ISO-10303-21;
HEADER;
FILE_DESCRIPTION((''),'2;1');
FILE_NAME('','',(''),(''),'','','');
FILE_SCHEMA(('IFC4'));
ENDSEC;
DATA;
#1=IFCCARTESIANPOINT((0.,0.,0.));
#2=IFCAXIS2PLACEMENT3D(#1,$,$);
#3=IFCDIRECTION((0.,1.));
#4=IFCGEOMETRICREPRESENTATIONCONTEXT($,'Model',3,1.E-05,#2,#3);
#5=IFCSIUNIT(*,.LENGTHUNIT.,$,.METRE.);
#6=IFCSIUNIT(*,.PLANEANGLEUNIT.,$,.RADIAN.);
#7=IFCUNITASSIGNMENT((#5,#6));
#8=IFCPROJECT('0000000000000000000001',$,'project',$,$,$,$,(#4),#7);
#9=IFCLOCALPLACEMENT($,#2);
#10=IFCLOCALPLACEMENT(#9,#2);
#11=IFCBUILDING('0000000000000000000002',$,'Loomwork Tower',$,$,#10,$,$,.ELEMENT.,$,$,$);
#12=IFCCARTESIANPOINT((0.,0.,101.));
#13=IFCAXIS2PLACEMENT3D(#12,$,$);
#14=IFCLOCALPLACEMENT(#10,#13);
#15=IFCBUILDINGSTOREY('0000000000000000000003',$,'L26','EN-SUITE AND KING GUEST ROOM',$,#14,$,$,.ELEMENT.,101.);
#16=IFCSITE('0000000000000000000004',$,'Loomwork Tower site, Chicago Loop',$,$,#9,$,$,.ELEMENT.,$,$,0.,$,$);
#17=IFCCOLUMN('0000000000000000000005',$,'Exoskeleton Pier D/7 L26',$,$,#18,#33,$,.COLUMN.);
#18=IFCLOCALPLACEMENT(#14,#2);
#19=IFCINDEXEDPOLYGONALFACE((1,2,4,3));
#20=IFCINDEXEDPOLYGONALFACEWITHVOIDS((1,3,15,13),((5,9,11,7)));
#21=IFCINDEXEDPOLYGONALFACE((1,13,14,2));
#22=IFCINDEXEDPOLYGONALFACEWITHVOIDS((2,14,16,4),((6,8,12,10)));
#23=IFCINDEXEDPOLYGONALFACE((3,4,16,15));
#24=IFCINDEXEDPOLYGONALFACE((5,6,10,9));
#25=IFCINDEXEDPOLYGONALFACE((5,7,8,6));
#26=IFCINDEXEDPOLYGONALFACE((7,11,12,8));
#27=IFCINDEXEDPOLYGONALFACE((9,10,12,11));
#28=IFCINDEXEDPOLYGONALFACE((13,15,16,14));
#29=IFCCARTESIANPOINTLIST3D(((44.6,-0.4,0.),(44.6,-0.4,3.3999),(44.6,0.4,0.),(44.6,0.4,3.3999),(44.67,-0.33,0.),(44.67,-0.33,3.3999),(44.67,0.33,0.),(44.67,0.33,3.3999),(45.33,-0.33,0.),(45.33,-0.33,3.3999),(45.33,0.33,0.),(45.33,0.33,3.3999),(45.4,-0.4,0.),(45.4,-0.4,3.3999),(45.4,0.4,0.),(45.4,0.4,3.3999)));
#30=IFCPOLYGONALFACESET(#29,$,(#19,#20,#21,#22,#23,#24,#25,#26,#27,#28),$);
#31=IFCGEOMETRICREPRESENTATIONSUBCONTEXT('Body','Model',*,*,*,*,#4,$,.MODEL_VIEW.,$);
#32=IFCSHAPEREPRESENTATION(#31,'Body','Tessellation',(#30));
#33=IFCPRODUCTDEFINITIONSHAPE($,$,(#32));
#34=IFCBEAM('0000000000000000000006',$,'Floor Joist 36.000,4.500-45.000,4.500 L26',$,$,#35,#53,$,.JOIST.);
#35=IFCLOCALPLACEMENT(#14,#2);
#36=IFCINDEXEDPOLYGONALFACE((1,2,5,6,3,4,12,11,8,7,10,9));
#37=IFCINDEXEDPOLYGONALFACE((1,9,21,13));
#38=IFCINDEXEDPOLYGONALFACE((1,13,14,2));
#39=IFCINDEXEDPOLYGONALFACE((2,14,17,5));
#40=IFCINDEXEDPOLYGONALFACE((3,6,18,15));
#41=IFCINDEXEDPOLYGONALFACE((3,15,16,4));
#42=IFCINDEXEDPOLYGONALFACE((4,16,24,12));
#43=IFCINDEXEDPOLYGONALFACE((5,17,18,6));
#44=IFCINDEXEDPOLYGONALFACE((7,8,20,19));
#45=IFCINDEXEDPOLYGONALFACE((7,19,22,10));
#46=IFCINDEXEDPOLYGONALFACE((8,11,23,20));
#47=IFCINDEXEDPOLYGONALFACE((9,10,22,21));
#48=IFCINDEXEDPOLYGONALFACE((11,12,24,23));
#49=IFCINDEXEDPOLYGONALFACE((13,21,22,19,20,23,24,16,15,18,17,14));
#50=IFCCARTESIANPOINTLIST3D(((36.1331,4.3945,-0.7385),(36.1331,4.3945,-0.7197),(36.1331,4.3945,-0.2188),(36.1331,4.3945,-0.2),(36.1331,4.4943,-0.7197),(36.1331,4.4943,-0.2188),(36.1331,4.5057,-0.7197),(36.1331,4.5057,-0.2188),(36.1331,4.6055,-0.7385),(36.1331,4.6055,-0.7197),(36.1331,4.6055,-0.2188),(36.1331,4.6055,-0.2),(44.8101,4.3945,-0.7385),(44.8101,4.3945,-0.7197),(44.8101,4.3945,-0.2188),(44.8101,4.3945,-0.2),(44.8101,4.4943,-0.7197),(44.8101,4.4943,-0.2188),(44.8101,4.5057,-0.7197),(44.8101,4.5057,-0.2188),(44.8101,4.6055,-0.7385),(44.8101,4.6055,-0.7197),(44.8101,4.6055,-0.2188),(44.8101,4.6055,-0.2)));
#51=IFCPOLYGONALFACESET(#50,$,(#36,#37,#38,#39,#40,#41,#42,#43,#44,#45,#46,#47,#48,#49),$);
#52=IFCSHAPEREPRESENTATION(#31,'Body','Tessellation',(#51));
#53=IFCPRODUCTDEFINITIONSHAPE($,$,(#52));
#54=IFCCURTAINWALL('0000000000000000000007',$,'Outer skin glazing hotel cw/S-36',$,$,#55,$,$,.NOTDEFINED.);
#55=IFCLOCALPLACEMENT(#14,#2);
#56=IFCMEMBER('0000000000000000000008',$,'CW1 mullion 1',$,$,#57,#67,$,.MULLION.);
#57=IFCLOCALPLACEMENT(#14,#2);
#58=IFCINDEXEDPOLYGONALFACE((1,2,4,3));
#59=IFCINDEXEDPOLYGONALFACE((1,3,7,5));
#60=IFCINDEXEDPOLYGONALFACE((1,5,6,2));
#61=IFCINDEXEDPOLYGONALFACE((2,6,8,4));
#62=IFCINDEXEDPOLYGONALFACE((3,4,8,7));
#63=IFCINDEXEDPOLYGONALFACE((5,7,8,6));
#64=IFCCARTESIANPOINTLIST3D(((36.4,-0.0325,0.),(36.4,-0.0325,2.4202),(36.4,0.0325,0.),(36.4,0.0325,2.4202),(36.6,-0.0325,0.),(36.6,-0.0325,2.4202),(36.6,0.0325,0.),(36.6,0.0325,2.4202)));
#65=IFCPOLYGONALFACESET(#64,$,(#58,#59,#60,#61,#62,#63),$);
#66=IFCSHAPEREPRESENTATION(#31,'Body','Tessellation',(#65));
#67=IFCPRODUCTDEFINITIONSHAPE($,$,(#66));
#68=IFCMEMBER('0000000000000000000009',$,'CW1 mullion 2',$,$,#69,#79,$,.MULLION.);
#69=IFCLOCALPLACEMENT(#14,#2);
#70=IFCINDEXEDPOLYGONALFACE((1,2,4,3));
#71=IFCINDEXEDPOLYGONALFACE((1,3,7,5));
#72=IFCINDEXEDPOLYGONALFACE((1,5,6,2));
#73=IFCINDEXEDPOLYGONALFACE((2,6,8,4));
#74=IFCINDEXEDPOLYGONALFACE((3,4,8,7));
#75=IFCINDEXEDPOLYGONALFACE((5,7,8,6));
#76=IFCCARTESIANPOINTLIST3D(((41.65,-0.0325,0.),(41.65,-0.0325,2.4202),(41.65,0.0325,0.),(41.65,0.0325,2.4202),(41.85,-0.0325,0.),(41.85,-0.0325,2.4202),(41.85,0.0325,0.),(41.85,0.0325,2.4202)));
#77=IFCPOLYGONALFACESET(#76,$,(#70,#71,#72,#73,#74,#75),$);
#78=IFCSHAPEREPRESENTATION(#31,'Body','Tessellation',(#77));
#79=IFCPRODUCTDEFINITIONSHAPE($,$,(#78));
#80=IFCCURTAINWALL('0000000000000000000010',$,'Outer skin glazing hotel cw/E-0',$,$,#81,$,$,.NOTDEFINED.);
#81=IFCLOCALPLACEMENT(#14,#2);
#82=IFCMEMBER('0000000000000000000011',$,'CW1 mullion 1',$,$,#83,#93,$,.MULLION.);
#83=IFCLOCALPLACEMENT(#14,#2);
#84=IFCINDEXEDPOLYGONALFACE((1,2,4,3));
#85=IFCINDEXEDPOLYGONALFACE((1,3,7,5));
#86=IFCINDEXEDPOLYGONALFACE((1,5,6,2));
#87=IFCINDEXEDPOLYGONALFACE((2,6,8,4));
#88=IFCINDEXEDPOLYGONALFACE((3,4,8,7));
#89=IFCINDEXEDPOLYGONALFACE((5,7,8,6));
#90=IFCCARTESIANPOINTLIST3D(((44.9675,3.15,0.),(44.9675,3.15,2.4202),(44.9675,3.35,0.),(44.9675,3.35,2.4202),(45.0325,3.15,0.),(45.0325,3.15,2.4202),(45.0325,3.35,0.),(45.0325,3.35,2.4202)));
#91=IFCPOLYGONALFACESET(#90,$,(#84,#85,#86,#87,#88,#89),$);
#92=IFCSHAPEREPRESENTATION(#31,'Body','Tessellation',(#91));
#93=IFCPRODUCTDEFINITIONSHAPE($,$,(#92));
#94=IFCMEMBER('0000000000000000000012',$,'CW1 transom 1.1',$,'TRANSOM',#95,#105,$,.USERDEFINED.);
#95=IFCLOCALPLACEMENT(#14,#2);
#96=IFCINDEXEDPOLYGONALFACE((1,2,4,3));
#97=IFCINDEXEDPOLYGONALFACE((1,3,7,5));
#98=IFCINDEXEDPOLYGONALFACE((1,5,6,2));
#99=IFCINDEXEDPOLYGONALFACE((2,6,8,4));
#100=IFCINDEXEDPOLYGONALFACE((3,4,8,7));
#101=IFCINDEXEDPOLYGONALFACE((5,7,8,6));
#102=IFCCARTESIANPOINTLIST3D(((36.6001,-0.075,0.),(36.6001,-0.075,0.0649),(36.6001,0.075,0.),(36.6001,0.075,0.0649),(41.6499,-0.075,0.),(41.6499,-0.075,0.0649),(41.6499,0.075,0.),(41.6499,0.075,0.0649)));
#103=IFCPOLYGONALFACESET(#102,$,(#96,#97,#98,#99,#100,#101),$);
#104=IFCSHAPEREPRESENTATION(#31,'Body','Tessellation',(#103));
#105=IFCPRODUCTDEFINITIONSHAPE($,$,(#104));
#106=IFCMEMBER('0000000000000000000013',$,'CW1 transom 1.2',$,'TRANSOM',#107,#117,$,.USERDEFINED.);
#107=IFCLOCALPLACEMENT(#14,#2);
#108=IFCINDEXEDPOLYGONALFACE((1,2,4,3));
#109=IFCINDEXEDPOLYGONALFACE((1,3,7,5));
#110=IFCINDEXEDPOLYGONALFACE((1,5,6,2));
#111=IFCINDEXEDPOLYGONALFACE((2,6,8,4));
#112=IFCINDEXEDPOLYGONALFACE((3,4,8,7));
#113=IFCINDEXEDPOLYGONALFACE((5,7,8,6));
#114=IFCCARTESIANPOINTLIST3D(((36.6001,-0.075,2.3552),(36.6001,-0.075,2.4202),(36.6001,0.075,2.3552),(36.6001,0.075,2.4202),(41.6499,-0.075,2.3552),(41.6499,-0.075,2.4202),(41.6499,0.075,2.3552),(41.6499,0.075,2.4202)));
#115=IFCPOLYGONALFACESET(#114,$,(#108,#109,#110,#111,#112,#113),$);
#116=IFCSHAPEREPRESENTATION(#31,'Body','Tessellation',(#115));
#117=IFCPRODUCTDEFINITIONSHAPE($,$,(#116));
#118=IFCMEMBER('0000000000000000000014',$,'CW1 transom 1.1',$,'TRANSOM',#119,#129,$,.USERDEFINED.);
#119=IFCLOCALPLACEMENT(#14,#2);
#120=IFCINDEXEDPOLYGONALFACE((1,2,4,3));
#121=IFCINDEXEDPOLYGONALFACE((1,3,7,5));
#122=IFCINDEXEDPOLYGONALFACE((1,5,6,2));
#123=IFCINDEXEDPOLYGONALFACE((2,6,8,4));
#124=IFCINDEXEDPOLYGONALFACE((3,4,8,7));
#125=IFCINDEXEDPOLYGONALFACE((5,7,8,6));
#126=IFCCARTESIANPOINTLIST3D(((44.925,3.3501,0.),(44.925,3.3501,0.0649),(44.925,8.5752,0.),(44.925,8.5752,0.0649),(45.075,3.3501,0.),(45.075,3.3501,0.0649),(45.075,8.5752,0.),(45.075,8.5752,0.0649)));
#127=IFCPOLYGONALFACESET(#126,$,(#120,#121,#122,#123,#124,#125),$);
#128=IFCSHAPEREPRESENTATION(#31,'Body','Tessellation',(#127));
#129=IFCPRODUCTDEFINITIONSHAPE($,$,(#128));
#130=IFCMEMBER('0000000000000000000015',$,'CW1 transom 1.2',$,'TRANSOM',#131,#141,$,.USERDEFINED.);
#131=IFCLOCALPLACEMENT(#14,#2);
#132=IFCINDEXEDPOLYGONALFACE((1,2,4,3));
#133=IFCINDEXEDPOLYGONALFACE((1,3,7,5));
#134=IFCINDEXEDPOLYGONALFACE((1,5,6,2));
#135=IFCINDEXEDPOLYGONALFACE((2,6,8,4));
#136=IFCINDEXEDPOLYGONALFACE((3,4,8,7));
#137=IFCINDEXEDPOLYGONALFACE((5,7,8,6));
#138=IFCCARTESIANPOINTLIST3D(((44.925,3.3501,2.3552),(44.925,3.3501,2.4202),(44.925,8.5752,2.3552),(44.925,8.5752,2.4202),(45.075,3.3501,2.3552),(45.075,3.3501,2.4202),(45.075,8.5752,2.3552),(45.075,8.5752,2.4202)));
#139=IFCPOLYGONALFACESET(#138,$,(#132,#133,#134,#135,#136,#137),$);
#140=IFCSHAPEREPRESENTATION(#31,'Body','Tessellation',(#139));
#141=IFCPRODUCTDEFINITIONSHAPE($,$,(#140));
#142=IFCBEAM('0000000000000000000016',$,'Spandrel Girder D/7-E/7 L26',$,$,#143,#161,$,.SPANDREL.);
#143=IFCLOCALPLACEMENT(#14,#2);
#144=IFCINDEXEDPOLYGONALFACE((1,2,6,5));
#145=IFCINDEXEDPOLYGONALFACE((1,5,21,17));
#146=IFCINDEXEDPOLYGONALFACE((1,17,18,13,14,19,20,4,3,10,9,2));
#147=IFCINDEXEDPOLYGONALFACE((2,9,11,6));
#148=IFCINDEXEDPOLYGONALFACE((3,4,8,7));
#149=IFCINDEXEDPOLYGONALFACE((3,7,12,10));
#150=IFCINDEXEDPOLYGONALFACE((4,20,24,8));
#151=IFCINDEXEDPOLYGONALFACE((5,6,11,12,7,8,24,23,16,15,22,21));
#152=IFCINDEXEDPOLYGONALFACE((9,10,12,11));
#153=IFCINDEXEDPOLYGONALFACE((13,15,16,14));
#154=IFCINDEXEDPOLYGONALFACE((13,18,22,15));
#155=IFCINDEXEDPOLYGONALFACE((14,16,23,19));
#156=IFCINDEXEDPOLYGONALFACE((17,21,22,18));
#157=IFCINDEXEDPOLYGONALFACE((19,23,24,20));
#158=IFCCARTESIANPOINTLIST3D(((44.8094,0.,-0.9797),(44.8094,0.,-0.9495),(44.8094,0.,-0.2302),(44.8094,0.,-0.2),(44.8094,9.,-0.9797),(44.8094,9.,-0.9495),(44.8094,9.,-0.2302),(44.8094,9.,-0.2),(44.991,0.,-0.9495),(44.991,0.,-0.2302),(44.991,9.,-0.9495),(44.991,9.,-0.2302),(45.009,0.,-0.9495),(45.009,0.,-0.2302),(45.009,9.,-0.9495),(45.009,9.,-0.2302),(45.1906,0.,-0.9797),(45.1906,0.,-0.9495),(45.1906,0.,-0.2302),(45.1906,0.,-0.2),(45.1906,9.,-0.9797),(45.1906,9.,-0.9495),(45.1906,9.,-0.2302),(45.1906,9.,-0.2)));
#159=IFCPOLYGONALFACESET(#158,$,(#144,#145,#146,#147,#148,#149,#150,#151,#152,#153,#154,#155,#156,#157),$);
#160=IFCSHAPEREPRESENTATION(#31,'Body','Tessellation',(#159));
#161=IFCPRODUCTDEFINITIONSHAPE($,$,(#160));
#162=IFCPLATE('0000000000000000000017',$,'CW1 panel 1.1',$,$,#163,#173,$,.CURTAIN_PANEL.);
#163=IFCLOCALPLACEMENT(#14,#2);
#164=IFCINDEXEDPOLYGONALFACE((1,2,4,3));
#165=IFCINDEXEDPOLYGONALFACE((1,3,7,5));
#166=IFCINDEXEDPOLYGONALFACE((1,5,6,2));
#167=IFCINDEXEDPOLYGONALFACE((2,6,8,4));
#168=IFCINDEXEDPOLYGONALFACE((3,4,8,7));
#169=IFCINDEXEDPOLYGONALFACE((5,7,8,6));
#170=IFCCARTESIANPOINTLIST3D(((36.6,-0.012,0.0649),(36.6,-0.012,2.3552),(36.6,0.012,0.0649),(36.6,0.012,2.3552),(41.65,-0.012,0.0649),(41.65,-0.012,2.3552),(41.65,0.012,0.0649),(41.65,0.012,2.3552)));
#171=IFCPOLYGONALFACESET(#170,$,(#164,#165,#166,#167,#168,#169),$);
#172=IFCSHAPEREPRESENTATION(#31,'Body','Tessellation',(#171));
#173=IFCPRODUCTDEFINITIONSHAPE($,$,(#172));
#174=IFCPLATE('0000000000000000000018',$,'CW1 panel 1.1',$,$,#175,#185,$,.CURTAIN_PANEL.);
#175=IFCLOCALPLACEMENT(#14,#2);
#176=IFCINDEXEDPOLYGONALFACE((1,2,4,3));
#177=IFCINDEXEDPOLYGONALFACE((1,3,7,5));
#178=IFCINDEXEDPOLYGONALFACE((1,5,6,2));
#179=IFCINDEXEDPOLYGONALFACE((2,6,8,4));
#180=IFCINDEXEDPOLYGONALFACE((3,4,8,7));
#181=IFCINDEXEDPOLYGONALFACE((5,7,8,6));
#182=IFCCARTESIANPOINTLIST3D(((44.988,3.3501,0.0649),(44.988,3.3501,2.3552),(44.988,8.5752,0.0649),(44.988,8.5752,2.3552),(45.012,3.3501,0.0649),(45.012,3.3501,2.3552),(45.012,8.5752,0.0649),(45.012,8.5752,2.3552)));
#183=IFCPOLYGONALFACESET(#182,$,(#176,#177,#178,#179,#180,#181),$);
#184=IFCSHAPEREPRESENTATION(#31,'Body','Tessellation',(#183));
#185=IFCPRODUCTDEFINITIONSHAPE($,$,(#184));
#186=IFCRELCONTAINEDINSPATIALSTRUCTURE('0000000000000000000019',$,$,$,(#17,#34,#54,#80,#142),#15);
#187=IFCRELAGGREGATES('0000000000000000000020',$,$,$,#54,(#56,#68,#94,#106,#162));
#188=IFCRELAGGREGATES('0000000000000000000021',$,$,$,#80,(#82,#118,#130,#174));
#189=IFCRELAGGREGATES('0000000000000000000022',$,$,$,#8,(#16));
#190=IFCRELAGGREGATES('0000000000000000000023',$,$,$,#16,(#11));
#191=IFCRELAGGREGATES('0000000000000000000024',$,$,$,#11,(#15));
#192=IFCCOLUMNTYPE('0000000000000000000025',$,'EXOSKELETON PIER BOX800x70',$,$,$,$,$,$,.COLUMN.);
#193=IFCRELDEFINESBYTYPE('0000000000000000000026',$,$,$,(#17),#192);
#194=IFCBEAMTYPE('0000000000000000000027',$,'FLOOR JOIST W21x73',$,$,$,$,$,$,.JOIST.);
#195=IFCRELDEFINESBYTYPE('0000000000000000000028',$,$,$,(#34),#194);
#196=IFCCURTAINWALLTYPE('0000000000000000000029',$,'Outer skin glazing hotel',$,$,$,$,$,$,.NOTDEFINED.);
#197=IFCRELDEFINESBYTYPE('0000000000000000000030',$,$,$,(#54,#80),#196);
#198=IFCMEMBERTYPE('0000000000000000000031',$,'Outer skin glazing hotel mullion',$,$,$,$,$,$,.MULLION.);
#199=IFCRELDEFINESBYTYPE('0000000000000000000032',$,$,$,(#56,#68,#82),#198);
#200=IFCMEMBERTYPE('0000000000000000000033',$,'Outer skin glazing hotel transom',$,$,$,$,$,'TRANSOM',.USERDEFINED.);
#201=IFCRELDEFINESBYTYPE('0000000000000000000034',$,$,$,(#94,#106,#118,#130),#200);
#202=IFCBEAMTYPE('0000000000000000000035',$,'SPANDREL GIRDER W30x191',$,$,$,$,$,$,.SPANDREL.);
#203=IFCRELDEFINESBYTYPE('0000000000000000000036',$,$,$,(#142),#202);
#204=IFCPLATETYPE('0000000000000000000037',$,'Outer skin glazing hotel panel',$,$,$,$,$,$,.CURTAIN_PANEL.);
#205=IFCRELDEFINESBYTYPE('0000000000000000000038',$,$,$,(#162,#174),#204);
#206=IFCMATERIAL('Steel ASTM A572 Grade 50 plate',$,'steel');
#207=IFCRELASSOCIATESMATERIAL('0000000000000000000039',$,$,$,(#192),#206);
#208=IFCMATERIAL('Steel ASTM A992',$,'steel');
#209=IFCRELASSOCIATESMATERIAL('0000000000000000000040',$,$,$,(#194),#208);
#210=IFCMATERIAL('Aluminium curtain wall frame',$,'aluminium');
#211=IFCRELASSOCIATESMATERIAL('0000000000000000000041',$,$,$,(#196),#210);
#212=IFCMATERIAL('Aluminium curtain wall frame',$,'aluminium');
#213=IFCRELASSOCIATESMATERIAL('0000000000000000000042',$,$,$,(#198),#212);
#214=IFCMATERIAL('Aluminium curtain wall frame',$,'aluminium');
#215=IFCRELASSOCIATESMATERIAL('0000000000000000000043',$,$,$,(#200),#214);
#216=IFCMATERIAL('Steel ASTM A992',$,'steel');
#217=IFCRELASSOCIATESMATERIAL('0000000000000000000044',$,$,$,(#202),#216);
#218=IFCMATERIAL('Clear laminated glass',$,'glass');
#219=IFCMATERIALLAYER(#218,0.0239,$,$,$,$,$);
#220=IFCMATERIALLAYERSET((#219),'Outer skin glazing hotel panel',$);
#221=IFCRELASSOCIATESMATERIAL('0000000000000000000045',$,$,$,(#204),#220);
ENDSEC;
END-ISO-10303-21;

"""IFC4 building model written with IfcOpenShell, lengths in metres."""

from ifc_helpers import new_model, si_unit, direction, frame, origin, origin_2d, place, context, subcontext, project, spatial, rectangle, hollow_rectangle, i_section, extrude, material, layer, layer_set, material_profile, profile_set, type_object, element, aggregate, save


model = new_model("IFC4")

# Units and contexts
model_context = context("Model", 3, precision=1e-05, world=origin(), true_north=direction((0.0, 1.0)))
body_context = subcontext(model_context, "Body", "Model", "MODEL_VIEW")
ifc_project = project(units=[si_unit("LENGTHUNIT", "METRE"), si_unit("PLANEANGLEUNIT", "RADIAN")], contexts=[model_context])

# Site, building, storey
site_placement = place(None, origin())
site = spatial("IfcSite", under=ifc_project, at=site_placement, Name="Loomwork Tower site, Chicago Loop", CompositionType="ELEMENT", RefElevation=0.0)
building_placement = place(site_placement, origin())
building = spatial("IfcBuilding", under=site, at=building_placement, Name="Loomwork Tower", CompositionType="ELEMENT")
storey_placement = place(building_placement, frame((0.0, 0.0, 101.0)))
storey = spatial("IfcBuildingStorey", under=building, at=storey_placement, Name="L26", Description="EN-SUITE AND KING GUEST ROOM", CompositionType="ELEMENT", Elevation=101.0)

# Column
ifc_material_1 = material(Name="Steel ASTM A572 Grade 50 plate", Category="steel")
ifc_material_profile_1 = material_profile(ifc_material_1, hollow_rectangle(XDim=0.8, YDim=0.8, WallThickness=0.0701, at=origin_2d()), Name="BOX800x70")
ifc_profile_set_1 = profile_set([ifc_material_profile_1], Name="Steel ASTM A572 Grade 50 plate")
column_type = type_object("IfcColumnType", Name="EXOSKELETON PIER BOX800x70", PredefinedType="COLUMN", material=ifc_profile_set_1)
column_placement = place(storey_placement, frame((45.0, 0.0, 0.0), z_axis=(0.0, 0.0, 1.0), x_axis=(1.0, 0.0, 0.0)))
element("IfcColumn", 1, at=column_placement, inside=storey, type_object=column_type, Name="Exoskeleton Pier D/7 L26", PredefinedType="COLUMN", context=body_context, shape_type="SweptSolid", body=[
    extrude(hollow_rectangle(XDim=0.8, YDim=0.8, WallThickness=0.0701, at=origin_2d()), origin(), (0.0, 0.0, 1.0), 3.3999),
])

# Beam
ifc_material_2 = material(Name="Steel ASTM A992", Category="steel")
ifc_material_profile_2 = material_profile(ifc_material_2, i_section(OverallWidth=0.2109, OverallDepth=0.5386, WebThickness=0.0115, FlangeThickness=0.0188, at=origin_2d()), Name="W21x73")
ifc_profile_set_2 = profile_set([ifc_material_profile_2], Name="Steel ASTM A992")
beam_type_1 = type_object("IfcBeamType", Name="FLOOR JOIST W21x73", PredefinedType="JOIST", material=ifc_profile_set_2)
beam_1_placement = place(storey_placement, frame((36.1331, 4.5, -0.4692), z_axis=(1.0, 0.0, 0.0), x_axis=(0.0, 1.0, 0.0)))
element("IfcBeam", 2, at=beam_1_placement, inside=storey, type_object=beam_type_1, Name="Floor Joist 36.000,4.500-45.000,4.500 L26", PredefinedType="JOIST", context=body_context, shape_type="SweptSolid", body=[
    extrude(i_section(OverallWidth=0.2109, OverallDepth=0.5386, WebThickness=0.0115, FlangeThickness=0.0188, at=origin_2d()), origin(), (0.0, 0.0, 1.0), 8.677),
])

# Curtain wall, members
ifc_material_3 = material(Name="Aluminium curtain wall frame", Category="aluminium")
curtain_wall_type = type_object("IfcCurtainWallType", Name="Outer skin glazing hotel", PredefinedType="NOTDEFINED", material=ifc_material_3)
curtain_wall_1_placement = place(storey_placement, origin())
curtain_wall_1 = element("IfcCurtainWall", 3, at=curtain_wall_1_placement, inside=storey, type_object=curtain_wall_type, Name="Outer skin glazing hotel cw/S-36", PredefinedType="NOTDEFINED")
ifc_material_4 = material(Name="Aluminium curtain wall frame", Category="aluminium")
ifc_material_profile_3 = material_profile(ifc_material_4, rectangle(XDim=0.0649, YDim=0.2, at=origin_2d()), Name="AL 65x200")
ifc_profile_set_3 = profile_set([ifc_material_profile_3], Name="Aluminium curtain wall frame")
member_type_1 = type_object("IfcMemberType", Name="Outer skin glazing hotel mullion", PredefinedType="MULLION", material=ifc_profile_set_3)
member_1_placement = place(storey_placement, frame((36.5, 0.0, 0.0), z_axis=(0.0, 0.0, 1.0), x_axis=(0.0, 1.0, 0.0)))
member_1 = element("IfcMember", 4, at=member_1_placement, type_object=member_type_1, Name="CW1 mullion 1", PredefinedType="MULLION", context=body_context, shape_type="SweptSolid", body=[
    extrude(rectangle(XDim=0.0649, YDim=0.2, at=origin_2d()), origin(), (0.0, 0.0, 1.0), 2.4202),
])
member_2_placement = place(storey_placement, frame((41.75, 0.0, 0.0), z_axis=(0.0, 0.0, 1.0), x_axis=(0.0, 1.0, 0.0)))
member_2 = element("IfcMember", 5, at=member_2_placement, type_object=member_type_1, Name="CW1 mullion 2", PredefinedType="MULLION", context=body_context, shape_type="SweptSolid", body=[
    extrude(rectangle(XDim=0.0649, YDim=0.2, at=origin_2d()), origin(), (0.0, 0.0, 1.0), 2.4202),
])

# Curtain wall, member
curtain_wall_2_placement = place(storey_placement, origin())
curtain_wall_2 = element("IfcCurtainWall", 6, at=curtain_wall_2_placement, inside=storey, type_object=curtain_wall_type, Name="Outer skin glazing hotel cw/E-0", PredefinedType="NOTDEFINED")
member_3_placement = place(storey_placement, frame((45.0, 3.25, 0.0), z_axis=(0.0, 0.0, 1.0), x_axis=(-1.0, 0.0, 0.0)))
member_3 = element("IfcMember", 7, at=member_3_placement, type_object=member_type_1, Name="CW1 mullion 1", PredefinedType="MULLION", context=body_context, shape_type="SweptSolid", body=[
    extrude(rectangle(XDim=0.0649, YDim=0.2, at=origin_2d()), origin(), (0.0, 0.0, 1.0), 2.4202),
])

# Members
ifc_material_5 = material(Name="Aluminium curtain wall frame", Category="aluminium")
ifc_material_profile_4 = material_profile(ifc_material_5, rectangle(XDim=0.1499, YDim=0.0649, at=origin_2d()), Name="AL 65x150")
ifc_profile_set_4 = profile_set([ifc_material_profile_4], Name="Aluminium curtain wall frame")
member_type_2 = type_object("IfcMemberType", Name="Outer skin glazing hotel transom", ElementType="TRANSOM", PredefinedType="USERDEFINED", material=ifc_profile_set_4)
member_4_placement = place(storey_placement, frame((36.6001, 0.0, 0.0325), z_axis=(1.0, 0.0, 0.0), x_axis=(0.0, 1.0, 0.0)))
member_4 = element("IfcMember", 8, at=member_4_placement, type_object=member_type_2, Name="CW1 transom 1.1", ObjectType="TRANSOM", PredefinedType="USERDEFINED", context=body_context, shape_type="SweptSolid", body=[
    extrude(rectangle(XDim=0.1499, YDim=0.0649, at=origin_2d()), origin(), (0.0, 0.0, 1.0), 5.0498),
])
member_5_placement = place(storey_placement, frame((36.6001, 0.0, 2.3877), z_axis=(1.0, 0.0, 0.0), x_axis=(0.0, 1.0, 0.0)))
member_5 = element("IfcMember", 9, at=member_5_placement, type_object=member_type_2, Name="CW1 transom 1.2", ObjectType="TRANSOM", PredefinedType="USERDEFINED", context=body_context, shape_type="SweptSolid", body=[
    extrude(rectangle(XDim=0.1499, YDim=0.0649, at=origin_2d()), origin(), (0.0, 0.0, 1.0), 5.0498),
])
member_6_placement = place(storey_placement, frame((45.0, 3.3501, 0.0325), z_axis=(0.0, 1.0, 0.0), x_axis=(-1.0, 0.0, 0.0)))
member_6 = element("IfcMember", 10, at=member_6_placement, type_object=member_type_2, Name="CW1 transom 1.1", ObjectType="TRANSOM", PredefinedType="USERDEFINED", context=body_context, shape_type="SweptSolid", body=[
    extrude(rectangle(XDim=0.1499, YDim=0.0649, at=origin_2d()), origin(), (0.0, 0.0, 1.0), 5.2251),
])
member_7_placement = place(storey_placement, frame((45.0, 3.3501, 2.3877), z_axis=(0.0, 1.0, 0.0), x_axis=(-1.0, 0.0, 0.0)))
member_7 = element("IfcMember", 11, at=member_7_placement, type_object=member_type_2, Name="CW1 transom 1.2", ObjectType="TRANSOM", PredefinedType="USERDEFINED", context=body_context, shape_type="SweptSolid", body=[
    extrude(rectangle(XDim=0.1499, YDim=0.0649, at=origin_2d()), origin(), (0.0, 0.0, 1.0), 5.2251),
])

# Beam
ifc_material_6 = material(Name="Steel ASTM A992", Category="steel")
ifc_material_profile_5 = material_profile(ifc_material_6, i_section(OverallWidth=0.3811, OverallDepth=0.7798, WebThickness=0.0181, FlangeThickness=0.0303, at=origin_2d()), Name="W30x191")
ifc_profile_set_5 = profile_set([ifc_material_profile_5], Name="Steel ASTM A992")
beam_type_2 = type_object("IfcBeamType", Name="SPANDREL GIRDER W30x191", PredefinedType="SPANDREL", material=ifc_profile_set_5)
beam_2_placement = place(storey_placement, frame((45.0, 0.0, -0.5898), z_axis=(0.0, 1.0, 0.0), x_axis=(-1.0, 0.0, 0.0)))
element("IfcBeam", 12, at=beam_2_placement, inside=storey, type_object=beam_type_2, Name="Spandrel Girder D/7-E/7 L26", PredefinedType="SPANDREL", context=body_context, shape_type="SweptSolid", body=[
    extrude(i_section(OverallWidth=0.3811, OverallDepth=0.7798, WebThickness=0.0181, FlangeThickness=0.0303, at=origin_2d()), origin(), (0.0, 0.0, 1.0), 9.0),
])

# Plates
ifc_material_7 = material(Name="Clear laminated glass", Category="glass")
ifc_layer_1 = layer(ifc_material_7, 0.0239)
ifc_layer_set_1 = layer_set([ifc_layer_1], Name="Outer skin glazing hotel panel")
plate_type = type_object("IfcPlateType", Name="Outer skin glazing hotel panel", PredefinedType="CURTAIN_PANEL", material=ifc_layer_set_1)
plate_1_placement = place(storey_placement, frame((39.125, 0.0, 0.0649), z_axis=(0.0, 0.0, 1.0), x_axis=(1.0, 0.0, 0.0)))
plate_1 = element("IfcPlate", 13, at=plate_1_placement, type_object=plate_type, Name="CW1 panel 1.1", PredefinedType="CURTAIN_PANEL", context=body_context, shape_type="SweptSolid", body=[
    extrude(rectangle(XDim=5.05, YDim=0.0239, at=origin_2d()), origin(), (0.0, 0.0, 1.0), 2.2903),
])
aggregate(curtain_wall_1, [member_1, member_2, member_4, member_5, plate_1])
plate_2_placement = place(storey_placement, frame((45.0, 5.9626, 0.0649), z_axis=(0.0, 0.0, 1.0), x_axis=(0.0, 1.0, 0.0)))
plate_2 = element("IfcPlate", 14, at=plate_2_placement, type_object=plate_type, Name="CW1 panel 1.1", PredefinedType="CURTAIN_PANEL", context=body_context, shape_type="SweptSolid", body=[
    extrude(rectangle(XDim=5.2251, YDim=0.0239, at=origin_2d()), origin(), (0.0, 0.0, 1.0), 2.2903),
])
aggregate(curtain_wall_2, [member_3, member_6, member_7, plate_2])

save(model, "model.ifc")
